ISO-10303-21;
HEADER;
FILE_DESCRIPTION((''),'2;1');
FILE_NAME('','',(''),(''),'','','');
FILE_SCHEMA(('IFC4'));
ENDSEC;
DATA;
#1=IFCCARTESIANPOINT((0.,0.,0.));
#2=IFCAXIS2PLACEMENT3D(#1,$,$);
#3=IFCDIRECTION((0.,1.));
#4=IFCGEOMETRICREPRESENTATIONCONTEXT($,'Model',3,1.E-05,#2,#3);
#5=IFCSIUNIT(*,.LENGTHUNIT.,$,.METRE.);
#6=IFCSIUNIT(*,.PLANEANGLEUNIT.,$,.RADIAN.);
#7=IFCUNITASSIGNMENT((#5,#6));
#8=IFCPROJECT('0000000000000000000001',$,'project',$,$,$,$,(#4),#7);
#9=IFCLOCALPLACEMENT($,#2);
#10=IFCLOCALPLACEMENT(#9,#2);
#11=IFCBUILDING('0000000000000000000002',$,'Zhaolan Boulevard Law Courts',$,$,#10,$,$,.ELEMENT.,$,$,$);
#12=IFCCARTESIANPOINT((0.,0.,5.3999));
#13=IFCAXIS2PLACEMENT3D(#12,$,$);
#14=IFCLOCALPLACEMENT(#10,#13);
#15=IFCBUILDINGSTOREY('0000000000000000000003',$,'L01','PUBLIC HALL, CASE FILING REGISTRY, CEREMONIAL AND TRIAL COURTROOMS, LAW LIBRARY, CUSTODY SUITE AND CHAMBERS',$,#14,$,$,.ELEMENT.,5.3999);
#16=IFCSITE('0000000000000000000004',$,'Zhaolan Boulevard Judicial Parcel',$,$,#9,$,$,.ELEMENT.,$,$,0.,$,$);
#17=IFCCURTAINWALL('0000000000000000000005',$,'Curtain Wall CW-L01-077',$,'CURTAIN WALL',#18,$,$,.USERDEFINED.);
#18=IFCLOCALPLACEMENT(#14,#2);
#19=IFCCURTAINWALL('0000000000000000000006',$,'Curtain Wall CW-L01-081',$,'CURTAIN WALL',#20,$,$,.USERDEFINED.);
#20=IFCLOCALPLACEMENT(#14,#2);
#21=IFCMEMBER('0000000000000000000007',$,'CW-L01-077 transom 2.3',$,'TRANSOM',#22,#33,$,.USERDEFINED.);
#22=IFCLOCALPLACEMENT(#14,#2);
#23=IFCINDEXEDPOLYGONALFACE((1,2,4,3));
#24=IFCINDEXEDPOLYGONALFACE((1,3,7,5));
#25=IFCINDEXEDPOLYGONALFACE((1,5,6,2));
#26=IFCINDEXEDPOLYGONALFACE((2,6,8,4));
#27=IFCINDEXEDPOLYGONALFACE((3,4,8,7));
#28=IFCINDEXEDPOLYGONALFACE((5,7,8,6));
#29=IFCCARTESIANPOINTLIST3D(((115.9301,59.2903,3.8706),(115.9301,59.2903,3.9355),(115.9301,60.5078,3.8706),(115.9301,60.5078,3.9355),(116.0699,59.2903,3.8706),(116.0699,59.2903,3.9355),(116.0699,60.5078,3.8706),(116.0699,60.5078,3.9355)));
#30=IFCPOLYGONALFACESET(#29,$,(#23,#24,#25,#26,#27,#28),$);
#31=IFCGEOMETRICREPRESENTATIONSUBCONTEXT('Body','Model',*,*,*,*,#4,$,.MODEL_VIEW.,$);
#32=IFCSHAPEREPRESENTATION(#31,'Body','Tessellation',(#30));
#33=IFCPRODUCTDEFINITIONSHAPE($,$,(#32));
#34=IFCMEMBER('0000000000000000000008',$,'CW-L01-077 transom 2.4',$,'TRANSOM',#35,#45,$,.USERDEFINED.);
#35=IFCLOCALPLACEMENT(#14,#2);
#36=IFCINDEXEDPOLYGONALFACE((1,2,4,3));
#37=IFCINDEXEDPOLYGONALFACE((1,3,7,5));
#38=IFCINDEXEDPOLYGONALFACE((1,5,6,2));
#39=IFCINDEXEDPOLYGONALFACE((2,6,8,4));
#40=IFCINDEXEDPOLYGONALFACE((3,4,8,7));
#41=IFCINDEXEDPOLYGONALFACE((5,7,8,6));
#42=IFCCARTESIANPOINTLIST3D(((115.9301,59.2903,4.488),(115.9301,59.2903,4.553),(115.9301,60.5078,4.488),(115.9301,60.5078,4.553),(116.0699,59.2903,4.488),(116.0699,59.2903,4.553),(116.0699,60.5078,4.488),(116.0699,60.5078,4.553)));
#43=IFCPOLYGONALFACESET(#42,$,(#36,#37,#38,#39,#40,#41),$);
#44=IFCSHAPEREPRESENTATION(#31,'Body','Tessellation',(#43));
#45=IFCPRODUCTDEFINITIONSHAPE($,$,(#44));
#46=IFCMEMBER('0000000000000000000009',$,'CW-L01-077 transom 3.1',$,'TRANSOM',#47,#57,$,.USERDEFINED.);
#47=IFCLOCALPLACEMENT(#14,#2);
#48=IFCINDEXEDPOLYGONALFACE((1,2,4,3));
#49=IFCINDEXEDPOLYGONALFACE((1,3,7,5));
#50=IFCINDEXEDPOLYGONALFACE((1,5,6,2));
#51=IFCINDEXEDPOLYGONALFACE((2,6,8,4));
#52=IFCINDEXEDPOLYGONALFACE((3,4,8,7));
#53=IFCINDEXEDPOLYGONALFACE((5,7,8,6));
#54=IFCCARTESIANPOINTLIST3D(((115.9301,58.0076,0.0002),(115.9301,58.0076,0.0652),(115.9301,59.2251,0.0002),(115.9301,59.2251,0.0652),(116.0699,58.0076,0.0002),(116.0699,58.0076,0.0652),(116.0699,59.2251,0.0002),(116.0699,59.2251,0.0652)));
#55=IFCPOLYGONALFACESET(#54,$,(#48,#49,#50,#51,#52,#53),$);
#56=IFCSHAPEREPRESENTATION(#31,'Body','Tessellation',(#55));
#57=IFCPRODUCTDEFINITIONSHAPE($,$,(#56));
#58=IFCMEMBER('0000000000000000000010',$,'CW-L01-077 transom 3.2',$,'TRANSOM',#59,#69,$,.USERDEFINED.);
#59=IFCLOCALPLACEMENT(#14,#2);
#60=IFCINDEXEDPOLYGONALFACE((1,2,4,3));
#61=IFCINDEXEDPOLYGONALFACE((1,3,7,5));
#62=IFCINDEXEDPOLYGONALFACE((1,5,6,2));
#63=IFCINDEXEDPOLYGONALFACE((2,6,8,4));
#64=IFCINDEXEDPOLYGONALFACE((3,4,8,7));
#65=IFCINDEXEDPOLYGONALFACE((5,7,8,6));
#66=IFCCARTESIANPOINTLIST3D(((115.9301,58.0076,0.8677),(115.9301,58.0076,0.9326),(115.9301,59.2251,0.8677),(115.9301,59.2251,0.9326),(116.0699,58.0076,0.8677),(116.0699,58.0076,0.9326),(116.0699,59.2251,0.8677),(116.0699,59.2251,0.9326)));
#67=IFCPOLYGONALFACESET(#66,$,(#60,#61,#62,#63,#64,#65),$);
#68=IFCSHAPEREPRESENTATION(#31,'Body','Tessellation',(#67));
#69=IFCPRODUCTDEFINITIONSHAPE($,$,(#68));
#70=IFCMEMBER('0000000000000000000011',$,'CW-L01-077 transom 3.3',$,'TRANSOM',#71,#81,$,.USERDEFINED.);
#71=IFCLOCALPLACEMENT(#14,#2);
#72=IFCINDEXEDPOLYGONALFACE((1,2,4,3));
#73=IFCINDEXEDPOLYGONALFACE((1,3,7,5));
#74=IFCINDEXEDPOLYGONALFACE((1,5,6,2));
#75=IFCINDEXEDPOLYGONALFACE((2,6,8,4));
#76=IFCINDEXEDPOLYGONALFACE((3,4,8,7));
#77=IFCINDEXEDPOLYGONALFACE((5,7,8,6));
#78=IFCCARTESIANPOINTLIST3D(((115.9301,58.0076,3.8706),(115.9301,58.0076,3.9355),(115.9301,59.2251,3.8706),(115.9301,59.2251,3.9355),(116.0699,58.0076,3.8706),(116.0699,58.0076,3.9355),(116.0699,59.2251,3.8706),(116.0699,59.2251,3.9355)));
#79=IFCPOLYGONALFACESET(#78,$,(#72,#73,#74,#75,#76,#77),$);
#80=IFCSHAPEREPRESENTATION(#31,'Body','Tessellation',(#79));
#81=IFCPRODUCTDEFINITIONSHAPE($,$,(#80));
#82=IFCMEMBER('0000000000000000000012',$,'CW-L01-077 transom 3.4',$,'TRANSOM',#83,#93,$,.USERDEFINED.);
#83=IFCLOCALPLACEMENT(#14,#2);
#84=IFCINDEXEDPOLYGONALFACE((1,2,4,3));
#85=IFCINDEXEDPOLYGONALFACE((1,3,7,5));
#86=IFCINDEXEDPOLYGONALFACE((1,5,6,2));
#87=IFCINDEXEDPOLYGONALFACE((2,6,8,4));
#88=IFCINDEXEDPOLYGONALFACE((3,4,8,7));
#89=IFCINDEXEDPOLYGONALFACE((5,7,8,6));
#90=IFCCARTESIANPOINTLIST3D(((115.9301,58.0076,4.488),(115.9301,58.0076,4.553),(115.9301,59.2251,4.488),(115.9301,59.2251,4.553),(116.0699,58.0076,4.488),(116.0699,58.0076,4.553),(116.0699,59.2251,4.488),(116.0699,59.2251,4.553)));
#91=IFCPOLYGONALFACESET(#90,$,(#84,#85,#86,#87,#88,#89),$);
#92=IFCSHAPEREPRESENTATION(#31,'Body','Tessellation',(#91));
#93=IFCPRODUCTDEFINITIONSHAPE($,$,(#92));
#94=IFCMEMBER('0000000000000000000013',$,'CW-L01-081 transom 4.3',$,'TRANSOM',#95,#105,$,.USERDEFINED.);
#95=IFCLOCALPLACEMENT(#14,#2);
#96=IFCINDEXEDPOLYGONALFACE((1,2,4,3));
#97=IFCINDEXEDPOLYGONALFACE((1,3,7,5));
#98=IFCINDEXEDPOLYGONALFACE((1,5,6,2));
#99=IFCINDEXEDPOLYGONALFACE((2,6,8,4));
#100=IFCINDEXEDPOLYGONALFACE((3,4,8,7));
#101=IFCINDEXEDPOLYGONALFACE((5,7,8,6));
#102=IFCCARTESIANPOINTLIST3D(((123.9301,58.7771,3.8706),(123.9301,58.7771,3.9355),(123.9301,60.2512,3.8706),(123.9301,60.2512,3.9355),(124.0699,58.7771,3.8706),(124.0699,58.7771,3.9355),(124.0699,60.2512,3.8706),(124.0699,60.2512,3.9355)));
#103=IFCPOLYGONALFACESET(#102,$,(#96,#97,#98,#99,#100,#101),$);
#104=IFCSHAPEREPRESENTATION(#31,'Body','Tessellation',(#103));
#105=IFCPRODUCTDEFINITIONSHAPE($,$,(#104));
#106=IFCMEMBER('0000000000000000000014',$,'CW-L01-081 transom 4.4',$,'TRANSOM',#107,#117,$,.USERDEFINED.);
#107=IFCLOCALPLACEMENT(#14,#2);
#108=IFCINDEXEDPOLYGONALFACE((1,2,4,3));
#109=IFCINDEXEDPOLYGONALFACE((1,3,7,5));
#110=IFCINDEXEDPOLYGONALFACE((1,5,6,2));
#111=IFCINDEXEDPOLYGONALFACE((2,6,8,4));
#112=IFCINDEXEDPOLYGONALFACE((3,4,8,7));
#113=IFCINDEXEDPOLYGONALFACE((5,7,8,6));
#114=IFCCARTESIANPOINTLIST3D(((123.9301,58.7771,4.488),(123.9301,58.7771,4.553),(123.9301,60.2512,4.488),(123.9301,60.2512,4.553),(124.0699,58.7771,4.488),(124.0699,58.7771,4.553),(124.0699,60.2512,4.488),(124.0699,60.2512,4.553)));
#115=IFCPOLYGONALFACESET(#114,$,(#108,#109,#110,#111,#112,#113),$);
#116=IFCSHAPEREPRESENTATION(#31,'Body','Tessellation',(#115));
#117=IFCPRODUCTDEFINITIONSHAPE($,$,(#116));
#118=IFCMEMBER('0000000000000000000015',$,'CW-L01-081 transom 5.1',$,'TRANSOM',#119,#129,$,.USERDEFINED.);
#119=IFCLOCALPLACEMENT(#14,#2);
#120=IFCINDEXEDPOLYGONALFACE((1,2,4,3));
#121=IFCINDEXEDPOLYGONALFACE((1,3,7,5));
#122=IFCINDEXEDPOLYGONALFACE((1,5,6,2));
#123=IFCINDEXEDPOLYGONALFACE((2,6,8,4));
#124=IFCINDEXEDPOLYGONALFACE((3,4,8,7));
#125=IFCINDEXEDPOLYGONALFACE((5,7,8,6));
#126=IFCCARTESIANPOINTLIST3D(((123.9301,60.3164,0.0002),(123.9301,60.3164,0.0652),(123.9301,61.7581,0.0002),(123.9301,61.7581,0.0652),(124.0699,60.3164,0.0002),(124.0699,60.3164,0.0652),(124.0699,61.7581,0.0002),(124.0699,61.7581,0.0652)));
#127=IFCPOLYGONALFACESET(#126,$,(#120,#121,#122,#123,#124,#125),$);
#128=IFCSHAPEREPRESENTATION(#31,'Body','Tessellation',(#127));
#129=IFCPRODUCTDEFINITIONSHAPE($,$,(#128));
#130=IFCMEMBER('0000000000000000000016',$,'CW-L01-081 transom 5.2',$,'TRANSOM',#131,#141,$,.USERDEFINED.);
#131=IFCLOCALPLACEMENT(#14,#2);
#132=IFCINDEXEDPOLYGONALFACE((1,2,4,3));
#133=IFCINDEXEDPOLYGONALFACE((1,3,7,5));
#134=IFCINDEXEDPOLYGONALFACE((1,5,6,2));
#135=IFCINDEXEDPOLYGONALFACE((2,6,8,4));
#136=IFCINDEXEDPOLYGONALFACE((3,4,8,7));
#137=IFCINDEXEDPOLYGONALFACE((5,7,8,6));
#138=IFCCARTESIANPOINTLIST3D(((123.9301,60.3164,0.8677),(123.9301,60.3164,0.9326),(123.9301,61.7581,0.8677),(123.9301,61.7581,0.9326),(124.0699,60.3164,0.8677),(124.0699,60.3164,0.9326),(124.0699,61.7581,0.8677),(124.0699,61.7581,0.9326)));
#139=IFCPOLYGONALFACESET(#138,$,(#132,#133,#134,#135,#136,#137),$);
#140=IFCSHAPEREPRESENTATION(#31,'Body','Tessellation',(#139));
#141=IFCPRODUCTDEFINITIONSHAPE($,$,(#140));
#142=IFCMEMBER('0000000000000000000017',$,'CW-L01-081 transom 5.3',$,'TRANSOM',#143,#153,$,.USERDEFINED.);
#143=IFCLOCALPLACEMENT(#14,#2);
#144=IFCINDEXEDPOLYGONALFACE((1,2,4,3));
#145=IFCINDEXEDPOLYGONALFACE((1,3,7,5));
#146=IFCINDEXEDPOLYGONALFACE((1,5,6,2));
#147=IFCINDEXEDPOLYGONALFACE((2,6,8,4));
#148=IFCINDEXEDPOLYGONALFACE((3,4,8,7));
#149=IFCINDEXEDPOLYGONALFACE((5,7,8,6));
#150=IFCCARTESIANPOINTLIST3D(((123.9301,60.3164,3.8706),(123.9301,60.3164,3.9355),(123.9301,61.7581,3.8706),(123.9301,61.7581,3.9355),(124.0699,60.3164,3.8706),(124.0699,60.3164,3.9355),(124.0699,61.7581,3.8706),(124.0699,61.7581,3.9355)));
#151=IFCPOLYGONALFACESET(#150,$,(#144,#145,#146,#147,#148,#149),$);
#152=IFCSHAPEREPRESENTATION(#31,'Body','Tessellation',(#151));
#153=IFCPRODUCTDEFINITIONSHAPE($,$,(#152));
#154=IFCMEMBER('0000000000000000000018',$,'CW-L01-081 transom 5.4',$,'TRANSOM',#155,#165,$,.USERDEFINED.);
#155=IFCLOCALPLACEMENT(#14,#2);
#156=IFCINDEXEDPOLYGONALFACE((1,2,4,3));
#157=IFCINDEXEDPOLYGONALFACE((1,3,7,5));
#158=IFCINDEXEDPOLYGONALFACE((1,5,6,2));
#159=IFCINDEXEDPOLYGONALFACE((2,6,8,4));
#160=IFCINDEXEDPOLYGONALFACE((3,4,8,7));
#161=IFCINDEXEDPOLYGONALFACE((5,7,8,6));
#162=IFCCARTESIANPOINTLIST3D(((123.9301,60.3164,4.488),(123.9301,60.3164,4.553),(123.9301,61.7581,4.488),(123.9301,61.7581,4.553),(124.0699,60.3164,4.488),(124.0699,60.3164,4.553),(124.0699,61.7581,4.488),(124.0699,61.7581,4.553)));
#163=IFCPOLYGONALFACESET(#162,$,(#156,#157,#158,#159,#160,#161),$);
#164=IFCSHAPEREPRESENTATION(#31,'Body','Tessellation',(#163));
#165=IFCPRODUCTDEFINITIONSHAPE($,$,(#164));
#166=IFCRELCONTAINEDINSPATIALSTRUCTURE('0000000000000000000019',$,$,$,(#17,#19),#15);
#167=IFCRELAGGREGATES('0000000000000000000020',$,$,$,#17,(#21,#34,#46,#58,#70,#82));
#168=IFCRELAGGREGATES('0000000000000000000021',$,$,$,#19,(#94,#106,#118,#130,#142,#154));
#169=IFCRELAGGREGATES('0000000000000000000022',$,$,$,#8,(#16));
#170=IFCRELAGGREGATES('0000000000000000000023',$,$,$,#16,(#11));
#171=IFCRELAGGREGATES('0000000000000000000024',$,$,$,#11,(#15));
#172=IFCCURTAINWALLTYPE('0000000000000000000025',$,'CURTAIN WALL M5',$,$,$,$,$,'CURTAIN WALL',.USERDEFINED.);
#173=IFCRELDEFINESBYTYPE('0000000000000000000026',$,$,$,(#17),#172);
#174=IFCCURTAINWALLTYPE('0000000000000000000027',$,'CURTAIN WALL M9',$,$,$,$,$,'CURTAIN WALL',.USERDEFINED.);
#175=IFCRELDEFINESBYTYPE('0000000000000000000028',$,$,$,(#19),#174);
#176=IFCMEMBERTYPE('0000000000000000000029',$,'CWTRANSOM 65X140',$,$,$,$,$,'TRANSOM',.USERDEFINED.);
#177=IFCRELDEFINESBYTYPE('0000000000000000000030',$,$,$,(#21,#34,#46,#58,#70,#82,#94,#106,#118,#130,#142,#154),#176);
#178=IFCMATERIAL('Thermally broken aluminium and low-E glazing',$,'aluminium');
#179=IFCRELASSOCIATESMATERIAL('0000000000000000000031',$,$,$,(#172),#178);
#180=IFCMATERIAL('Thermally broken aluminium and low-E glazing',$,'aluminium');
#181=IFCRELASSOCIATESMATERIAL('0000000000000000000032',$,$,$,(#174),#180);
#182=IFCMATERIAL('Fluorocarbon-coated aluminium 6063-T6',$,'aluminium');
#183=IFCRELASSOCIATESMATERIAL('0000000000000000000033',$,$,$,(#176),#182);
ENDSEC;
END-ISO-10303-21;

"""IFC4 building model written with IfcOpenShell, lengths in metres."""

from ifc_helpers import new_model, si_unit, direction, frame, origin, origin_2d, place, context, subcontext, project, spatial, rectangle, extrude, material, material_profile, profile_set, type_object, element, aggregate, save


model = new_model("IFC4")

# Units and contexts
model_context = context("Model", 3, precision=1e-05, world=origin(), true_north=direction((0.0, 1.0)))
body_context = subcontext(model_context, "Body", "Model", "MODEL_VIEW")
ifc_project = project(units=[si_unit("LENGTHUNIT", "METRE"), si_unit("PLANEANGLEUNIT", "RADIAN")], contexts=[model_context])

# Site, building, storey
site_placement = place(None, origin())
site = spatial("IfcSite", under=ifc_project, at=site_placement, Name="Zhaolan Boulevard Judicial Parcel", CompositionType="ELEMENT", RefElevation=0.0)
building_placement = place(site_placement, origin())
building = spatial("IfcBuilding", under=site, at=building_placement, Name="Zhaolan Boulevard Law Courts", CompositionType="ELEMENT")
storey_placement = place(building_placement, frame((0.0, 0.0, 5.3999)))
storey = spatial("IfcBuildingStorey", under=building, at=storey_placement, Name="L01", Description="PUBLIC HALL, CASE FILING REGISTRY, CEREMONIAL AND TRIAL COURTROOMS, LAW LIBRARY, CUSTODY SUITE AND CHAMBERS", CompositionType="ELEMENT", Elevation=5.3999)

# Curtain walls
ifc_material_1 = material(Name="Thermally broken aluminium and low-E glazing", Category="aluminium")
curtain_wall_type_1 = type_object("IfcCurtainWallType", Name="CURTAIN WALL M5", ElementType="CURTAIN WALL", PredefinedType="USERDEFINED", material=ifc_material_1)
curtain_wall_1_placement = place(storey_placement, origin())
curtain_wall_1 = element("IfcCurtainWall", 1, at=curtain_wall_1_placement, inside=storey, type_object=curtain_wall_type_1, Name="Curtain Wall CW-L01-077", ObjectType="CURTAIN WALL", PredefinedType="USERDEFINED")
ifc_material_2 = material(Name="Thermally broken aluminium and low-E glazing", Category="aluminium")
curtain_wall_type_2 = type_object("IfcCurtainWallType", Name="CURTAIN WALL M9", ElementType="CURTAIN WALL", PredefinedType="USERDEFINED", material=ifc_material_2)
curtain_wall_2_placement = place(storey_placement, origin())
curtain_wall_2 = element("IfcCurtainWall", 2, at=curtain_wall_2_placement, inside=storey, type_object=curtain_wall_type_2, Name="Curtain Wall CW-L01-081", ObjectType="CURTAIN WALL", PredefinedType="USERDEFINED")

# Members
ifc_material_3 = material(Name="Fluorocarbon-coated aluminium 6063-T6", Category="aluminium")
ifc_material_profile_1 = material_profile(ifc_material_3, rectangle(XDim=0.1399, YDim=0.0649, at=origin_2d()), Name="AL65x140")
ifc_profile_set_1 = profile_set([ifc_material_profile_1], Name="Fluorocarbon-coated aluminium 6063-T6")
member_type_1 = type_object("IfcMemberType", Name="CWTRANSOM 65X140", ElementType="TRANSOM", PredefinedType="USERDEFINED", material=ifc_profile_set_1)
member_1_placement = place(storey_placement, frame((116.0, 60.5078, 3.9031), z_axis=(0.0, -1.0, 0.0), x_axis=(1.0, 0.0, 0.0)))
member_1 = element("IfcMember", 3, at=member_1_placement, type_object=member_type_1, Name="CW-L01-077 transom 2.3", ObjectType="TRANSOM", PredefinedType="USERDEFINED", context=body_context, shape_type="SweptSolid", body=[
    extrude(rectangle(XDim=0.1399, YDim=0.0649, at=origin_2d()), origin(), (0.0, 0.0, 1.0), 1.2175),
])
member_2_placement = place(storey_placement, frame((116.0, 60.5078, 4.5205), z_axis=(0.0, -1.0, 0.0), x_axis=(1.0, 0.0, 0.0)))
member_2 = element("IfcMember", 4, at=member_2_placement, type_object=member_type_1, Name="CW-L01-077 transom 2.4", ObjectType="TRANSOM", PredefinedType="USERDEFINED", context=body_context, shape_type="SweptSolid", body=[
    extrude(rectangle(XDim=0.1399, YDim=0.0649, at=origin_2d()), origin(), (0.0, 0.0, 1.0), 1.2175),
])
member_3_placement = place(storey_placement, frame((116.0, 59.2251, 0.0327), z_axis=(0.0, -1.0, 0.0), x_axis=(1.0, 0.0, 0.0)))
member_3 = element("IfcMember", 5, at=member_3_placement, type_object=member_type_1, Name="CW-L01-077 transom 3.1", ObjectType="TRANSOM", PredefinedType="USERDEFINED", context=body_context, shape_type="SweptSolid", body=[
    extrude(rectangle(XDim=0.1399, YDim=0.0649, at=origin_2d()), origin(), (0.0, 0.0, 1.0), 1.2175),
])
member_4_placement = place(storey_placement, frame((116.0, 59.2251, 0.9001), z_axis=(0.0, -1.0, 0.0), x_axis=(1.0, 0.0, 0.0)))
member_4 = element("IfcMember", 6, at=member_4_placement, type_object=member_type_1, Name="CW-L01-077 transom 3.2", ObjectType="TRANSOM", PredefinedType="USERDEFINED", context=body_context, shape_type="SweptSolid", body=[
    extrude(rectangle(XDim=0.1399, YDim=0.0649, at=origin_2d()), origin(), (0.0, 0.0, 1.0), 1.2175),
])
member_5_placement = place(storey_placement, frame((116.0, 59.2251, 3.9031), z_axis=(0.0, -1.0, 0.0), x_axis=(1.0, 0.0, 0.0)))
member_5 = element("IfcMember", 7, at=member_5_placement, type_object=member_type_1, Name="CW-L01-077 transom 3.3", ObjectType="TRANSOM", PredefinedType="USERDEFINED", context=body_context, shape_type="SweptSolid", body=[
    extrude(rectangle(XDim=0.1399, YDim=0.0649, at=origin_2d()), origin(), (0.0, 0.0, 1.0), 1.2175),
])
member_6_placement = place(storey_placement, frame((116.0, 59.2251, 4.5205), z_axis=(0.0, -1.0, 0.0), x_axis=(1.0, 0.0, 0.0)))
member_6 = element("IfcMember", 8, at=member_6_placement, type_object=member_type_1, Name="CW-L01-077 transom 3.4", ObjectType="TRANSOM", PredefinedType="USERDEFINED", context=body_context, shape_type="SweptSolid", body=[
    extrude(rectangle(XDim=0.1399, YDim=0.0649, at=origin_2d()), origin(), (0.0, 0.0, 1.0), 1.2175),
])
member_7_placement = place(storey_placement, frame((124.0, 58.7771, 3.9031), z_axis=(0.0, 1.0, 0.0), x_axis=(-1.0, 0.0, 0.0)))
member_7 = element("IfcMember", 9, at=member_7_placement, type_object=member_type_1, Name="CW-L01-081 transom 4.3", ObjectType="TRANSOM", PredefinedType="USERDEFINED", context=body_context, shape_type="SweptSolid", body=[
    extrude(rectangle(XDim=0.1399, YDim=0.0649, at=origin_2d()), origin(), (0.0, 0.0, 1.0), 1.4741),
])
member_8_placement = place(storey_placement, frame((124.0, 58.7771, 4.5205), z_axis=(0.0, 1.0, 0.0), x_axis=(-1.0, 0.0, 0.0)))
member_8 = element("IfcMember", 10, at=member_8_placement, type_object=member_type_1, Name="CW-L01-081 transom 4.4", ObjectType="TRANSOM", PredefinedType="USERDEFINED", context=body_context, shape_type="SweptSolid", body=[
    extrude(rectangle(XDim=0.1399, YDim=0.0649, at=origin_2d()), origin(), (0.0, 0.0, 1.0), 1.4741),
])
member_9_placement = place(storey_placement, frame((124.0, 60.3164, 0.0327), z_axis=(0.0, 1.0, 0.0), x_axis=(-1.0, 0.0, 0.0)))
member_9 = element("IfcMember", 11, at=member_9_placement, type_object=member_type_1, Name="CW-L01-081 transom 5.1", ObjectType="TRANSOM", PredefinedType="USERDEFINED", context=body_context, shape_type="SweptSolid", body=[
    extrude(rectangle(XDim=0.1399, YDim=0.0649, at=origin_2d()), origin(), (0.0, 0.0, 1.0), 1.4417),
])
member_10_placement = place(storey_placement, frame((124.0, 60.3164, 0.9001), z_axis=(0.0, 1.0, 0.0), x_axis=(-1.0, 0.0, 0.0)))
member_10 = element("IfcMember", 12, at=member_10_placement, type_object=member_type_1, Name="CW-L01-081 transom 5.2", ObjectType="TRANSOM", PredefinedType="USERDEFINED", context=body_context, shape_type="SweptSolid", body=[
    extrude(rectangle(XDim=0.1399, YDim=0.0649, at=origin_2d()), origin(), (0.0, 0.0, 1.0), 1.4417),
])
member_11_placement = place(storey_placement, frame((124.0, 60.3164, 3.9031), z_axis=(0.0, 1.0, 0.0), x_axis=(-1.0, 0.0, 0.0)))
member_11 = element("IfcMember", 13, at=member_11_placement, type_object=member_type_1, Name="CW-L01-081 transom 5.3", ObjectType="TRANSOM", PredefinedType="USERDEFINED", context=body_context, shape_type="SweptSolid", body=[
    extrude(rectangle(XDim=0.1399, YDim=0.0649, at=origin_2d()), origin(), (0.0, 0.0, 1.0), 1.4417),
])
member_12_placement = place(storey_placement, frame((124.0, 60.3164, 4.5205), z_axis=(0.0, 1.0, 0.0), x_axis=(-1.0, 0.0, 0.0)))
member_12 = element("IfcMember", 14, at=member_12_placement, type_object=member_type_1, Name="CW-L01-081 transom 5.4", ObjectType="TRANSOM", PredefinedType="USERDEFINED", context=body_context, shape_type="SweptSolid", body=[
    extrude(rectangle(XDim=0.1399, YDim=0.0649, at=origin_2d()), origin(), (0.0, 0.0, 1.0), 1.4417),
])

aggregate(curtain_wall_1, [member_1, member_2, member_3, member_4, member_5, member_6])
aggregate(curtain_wall_2, [member_7, member_8, member_9, member_10, member_11, member_12])

save(model, "model.ifc")
